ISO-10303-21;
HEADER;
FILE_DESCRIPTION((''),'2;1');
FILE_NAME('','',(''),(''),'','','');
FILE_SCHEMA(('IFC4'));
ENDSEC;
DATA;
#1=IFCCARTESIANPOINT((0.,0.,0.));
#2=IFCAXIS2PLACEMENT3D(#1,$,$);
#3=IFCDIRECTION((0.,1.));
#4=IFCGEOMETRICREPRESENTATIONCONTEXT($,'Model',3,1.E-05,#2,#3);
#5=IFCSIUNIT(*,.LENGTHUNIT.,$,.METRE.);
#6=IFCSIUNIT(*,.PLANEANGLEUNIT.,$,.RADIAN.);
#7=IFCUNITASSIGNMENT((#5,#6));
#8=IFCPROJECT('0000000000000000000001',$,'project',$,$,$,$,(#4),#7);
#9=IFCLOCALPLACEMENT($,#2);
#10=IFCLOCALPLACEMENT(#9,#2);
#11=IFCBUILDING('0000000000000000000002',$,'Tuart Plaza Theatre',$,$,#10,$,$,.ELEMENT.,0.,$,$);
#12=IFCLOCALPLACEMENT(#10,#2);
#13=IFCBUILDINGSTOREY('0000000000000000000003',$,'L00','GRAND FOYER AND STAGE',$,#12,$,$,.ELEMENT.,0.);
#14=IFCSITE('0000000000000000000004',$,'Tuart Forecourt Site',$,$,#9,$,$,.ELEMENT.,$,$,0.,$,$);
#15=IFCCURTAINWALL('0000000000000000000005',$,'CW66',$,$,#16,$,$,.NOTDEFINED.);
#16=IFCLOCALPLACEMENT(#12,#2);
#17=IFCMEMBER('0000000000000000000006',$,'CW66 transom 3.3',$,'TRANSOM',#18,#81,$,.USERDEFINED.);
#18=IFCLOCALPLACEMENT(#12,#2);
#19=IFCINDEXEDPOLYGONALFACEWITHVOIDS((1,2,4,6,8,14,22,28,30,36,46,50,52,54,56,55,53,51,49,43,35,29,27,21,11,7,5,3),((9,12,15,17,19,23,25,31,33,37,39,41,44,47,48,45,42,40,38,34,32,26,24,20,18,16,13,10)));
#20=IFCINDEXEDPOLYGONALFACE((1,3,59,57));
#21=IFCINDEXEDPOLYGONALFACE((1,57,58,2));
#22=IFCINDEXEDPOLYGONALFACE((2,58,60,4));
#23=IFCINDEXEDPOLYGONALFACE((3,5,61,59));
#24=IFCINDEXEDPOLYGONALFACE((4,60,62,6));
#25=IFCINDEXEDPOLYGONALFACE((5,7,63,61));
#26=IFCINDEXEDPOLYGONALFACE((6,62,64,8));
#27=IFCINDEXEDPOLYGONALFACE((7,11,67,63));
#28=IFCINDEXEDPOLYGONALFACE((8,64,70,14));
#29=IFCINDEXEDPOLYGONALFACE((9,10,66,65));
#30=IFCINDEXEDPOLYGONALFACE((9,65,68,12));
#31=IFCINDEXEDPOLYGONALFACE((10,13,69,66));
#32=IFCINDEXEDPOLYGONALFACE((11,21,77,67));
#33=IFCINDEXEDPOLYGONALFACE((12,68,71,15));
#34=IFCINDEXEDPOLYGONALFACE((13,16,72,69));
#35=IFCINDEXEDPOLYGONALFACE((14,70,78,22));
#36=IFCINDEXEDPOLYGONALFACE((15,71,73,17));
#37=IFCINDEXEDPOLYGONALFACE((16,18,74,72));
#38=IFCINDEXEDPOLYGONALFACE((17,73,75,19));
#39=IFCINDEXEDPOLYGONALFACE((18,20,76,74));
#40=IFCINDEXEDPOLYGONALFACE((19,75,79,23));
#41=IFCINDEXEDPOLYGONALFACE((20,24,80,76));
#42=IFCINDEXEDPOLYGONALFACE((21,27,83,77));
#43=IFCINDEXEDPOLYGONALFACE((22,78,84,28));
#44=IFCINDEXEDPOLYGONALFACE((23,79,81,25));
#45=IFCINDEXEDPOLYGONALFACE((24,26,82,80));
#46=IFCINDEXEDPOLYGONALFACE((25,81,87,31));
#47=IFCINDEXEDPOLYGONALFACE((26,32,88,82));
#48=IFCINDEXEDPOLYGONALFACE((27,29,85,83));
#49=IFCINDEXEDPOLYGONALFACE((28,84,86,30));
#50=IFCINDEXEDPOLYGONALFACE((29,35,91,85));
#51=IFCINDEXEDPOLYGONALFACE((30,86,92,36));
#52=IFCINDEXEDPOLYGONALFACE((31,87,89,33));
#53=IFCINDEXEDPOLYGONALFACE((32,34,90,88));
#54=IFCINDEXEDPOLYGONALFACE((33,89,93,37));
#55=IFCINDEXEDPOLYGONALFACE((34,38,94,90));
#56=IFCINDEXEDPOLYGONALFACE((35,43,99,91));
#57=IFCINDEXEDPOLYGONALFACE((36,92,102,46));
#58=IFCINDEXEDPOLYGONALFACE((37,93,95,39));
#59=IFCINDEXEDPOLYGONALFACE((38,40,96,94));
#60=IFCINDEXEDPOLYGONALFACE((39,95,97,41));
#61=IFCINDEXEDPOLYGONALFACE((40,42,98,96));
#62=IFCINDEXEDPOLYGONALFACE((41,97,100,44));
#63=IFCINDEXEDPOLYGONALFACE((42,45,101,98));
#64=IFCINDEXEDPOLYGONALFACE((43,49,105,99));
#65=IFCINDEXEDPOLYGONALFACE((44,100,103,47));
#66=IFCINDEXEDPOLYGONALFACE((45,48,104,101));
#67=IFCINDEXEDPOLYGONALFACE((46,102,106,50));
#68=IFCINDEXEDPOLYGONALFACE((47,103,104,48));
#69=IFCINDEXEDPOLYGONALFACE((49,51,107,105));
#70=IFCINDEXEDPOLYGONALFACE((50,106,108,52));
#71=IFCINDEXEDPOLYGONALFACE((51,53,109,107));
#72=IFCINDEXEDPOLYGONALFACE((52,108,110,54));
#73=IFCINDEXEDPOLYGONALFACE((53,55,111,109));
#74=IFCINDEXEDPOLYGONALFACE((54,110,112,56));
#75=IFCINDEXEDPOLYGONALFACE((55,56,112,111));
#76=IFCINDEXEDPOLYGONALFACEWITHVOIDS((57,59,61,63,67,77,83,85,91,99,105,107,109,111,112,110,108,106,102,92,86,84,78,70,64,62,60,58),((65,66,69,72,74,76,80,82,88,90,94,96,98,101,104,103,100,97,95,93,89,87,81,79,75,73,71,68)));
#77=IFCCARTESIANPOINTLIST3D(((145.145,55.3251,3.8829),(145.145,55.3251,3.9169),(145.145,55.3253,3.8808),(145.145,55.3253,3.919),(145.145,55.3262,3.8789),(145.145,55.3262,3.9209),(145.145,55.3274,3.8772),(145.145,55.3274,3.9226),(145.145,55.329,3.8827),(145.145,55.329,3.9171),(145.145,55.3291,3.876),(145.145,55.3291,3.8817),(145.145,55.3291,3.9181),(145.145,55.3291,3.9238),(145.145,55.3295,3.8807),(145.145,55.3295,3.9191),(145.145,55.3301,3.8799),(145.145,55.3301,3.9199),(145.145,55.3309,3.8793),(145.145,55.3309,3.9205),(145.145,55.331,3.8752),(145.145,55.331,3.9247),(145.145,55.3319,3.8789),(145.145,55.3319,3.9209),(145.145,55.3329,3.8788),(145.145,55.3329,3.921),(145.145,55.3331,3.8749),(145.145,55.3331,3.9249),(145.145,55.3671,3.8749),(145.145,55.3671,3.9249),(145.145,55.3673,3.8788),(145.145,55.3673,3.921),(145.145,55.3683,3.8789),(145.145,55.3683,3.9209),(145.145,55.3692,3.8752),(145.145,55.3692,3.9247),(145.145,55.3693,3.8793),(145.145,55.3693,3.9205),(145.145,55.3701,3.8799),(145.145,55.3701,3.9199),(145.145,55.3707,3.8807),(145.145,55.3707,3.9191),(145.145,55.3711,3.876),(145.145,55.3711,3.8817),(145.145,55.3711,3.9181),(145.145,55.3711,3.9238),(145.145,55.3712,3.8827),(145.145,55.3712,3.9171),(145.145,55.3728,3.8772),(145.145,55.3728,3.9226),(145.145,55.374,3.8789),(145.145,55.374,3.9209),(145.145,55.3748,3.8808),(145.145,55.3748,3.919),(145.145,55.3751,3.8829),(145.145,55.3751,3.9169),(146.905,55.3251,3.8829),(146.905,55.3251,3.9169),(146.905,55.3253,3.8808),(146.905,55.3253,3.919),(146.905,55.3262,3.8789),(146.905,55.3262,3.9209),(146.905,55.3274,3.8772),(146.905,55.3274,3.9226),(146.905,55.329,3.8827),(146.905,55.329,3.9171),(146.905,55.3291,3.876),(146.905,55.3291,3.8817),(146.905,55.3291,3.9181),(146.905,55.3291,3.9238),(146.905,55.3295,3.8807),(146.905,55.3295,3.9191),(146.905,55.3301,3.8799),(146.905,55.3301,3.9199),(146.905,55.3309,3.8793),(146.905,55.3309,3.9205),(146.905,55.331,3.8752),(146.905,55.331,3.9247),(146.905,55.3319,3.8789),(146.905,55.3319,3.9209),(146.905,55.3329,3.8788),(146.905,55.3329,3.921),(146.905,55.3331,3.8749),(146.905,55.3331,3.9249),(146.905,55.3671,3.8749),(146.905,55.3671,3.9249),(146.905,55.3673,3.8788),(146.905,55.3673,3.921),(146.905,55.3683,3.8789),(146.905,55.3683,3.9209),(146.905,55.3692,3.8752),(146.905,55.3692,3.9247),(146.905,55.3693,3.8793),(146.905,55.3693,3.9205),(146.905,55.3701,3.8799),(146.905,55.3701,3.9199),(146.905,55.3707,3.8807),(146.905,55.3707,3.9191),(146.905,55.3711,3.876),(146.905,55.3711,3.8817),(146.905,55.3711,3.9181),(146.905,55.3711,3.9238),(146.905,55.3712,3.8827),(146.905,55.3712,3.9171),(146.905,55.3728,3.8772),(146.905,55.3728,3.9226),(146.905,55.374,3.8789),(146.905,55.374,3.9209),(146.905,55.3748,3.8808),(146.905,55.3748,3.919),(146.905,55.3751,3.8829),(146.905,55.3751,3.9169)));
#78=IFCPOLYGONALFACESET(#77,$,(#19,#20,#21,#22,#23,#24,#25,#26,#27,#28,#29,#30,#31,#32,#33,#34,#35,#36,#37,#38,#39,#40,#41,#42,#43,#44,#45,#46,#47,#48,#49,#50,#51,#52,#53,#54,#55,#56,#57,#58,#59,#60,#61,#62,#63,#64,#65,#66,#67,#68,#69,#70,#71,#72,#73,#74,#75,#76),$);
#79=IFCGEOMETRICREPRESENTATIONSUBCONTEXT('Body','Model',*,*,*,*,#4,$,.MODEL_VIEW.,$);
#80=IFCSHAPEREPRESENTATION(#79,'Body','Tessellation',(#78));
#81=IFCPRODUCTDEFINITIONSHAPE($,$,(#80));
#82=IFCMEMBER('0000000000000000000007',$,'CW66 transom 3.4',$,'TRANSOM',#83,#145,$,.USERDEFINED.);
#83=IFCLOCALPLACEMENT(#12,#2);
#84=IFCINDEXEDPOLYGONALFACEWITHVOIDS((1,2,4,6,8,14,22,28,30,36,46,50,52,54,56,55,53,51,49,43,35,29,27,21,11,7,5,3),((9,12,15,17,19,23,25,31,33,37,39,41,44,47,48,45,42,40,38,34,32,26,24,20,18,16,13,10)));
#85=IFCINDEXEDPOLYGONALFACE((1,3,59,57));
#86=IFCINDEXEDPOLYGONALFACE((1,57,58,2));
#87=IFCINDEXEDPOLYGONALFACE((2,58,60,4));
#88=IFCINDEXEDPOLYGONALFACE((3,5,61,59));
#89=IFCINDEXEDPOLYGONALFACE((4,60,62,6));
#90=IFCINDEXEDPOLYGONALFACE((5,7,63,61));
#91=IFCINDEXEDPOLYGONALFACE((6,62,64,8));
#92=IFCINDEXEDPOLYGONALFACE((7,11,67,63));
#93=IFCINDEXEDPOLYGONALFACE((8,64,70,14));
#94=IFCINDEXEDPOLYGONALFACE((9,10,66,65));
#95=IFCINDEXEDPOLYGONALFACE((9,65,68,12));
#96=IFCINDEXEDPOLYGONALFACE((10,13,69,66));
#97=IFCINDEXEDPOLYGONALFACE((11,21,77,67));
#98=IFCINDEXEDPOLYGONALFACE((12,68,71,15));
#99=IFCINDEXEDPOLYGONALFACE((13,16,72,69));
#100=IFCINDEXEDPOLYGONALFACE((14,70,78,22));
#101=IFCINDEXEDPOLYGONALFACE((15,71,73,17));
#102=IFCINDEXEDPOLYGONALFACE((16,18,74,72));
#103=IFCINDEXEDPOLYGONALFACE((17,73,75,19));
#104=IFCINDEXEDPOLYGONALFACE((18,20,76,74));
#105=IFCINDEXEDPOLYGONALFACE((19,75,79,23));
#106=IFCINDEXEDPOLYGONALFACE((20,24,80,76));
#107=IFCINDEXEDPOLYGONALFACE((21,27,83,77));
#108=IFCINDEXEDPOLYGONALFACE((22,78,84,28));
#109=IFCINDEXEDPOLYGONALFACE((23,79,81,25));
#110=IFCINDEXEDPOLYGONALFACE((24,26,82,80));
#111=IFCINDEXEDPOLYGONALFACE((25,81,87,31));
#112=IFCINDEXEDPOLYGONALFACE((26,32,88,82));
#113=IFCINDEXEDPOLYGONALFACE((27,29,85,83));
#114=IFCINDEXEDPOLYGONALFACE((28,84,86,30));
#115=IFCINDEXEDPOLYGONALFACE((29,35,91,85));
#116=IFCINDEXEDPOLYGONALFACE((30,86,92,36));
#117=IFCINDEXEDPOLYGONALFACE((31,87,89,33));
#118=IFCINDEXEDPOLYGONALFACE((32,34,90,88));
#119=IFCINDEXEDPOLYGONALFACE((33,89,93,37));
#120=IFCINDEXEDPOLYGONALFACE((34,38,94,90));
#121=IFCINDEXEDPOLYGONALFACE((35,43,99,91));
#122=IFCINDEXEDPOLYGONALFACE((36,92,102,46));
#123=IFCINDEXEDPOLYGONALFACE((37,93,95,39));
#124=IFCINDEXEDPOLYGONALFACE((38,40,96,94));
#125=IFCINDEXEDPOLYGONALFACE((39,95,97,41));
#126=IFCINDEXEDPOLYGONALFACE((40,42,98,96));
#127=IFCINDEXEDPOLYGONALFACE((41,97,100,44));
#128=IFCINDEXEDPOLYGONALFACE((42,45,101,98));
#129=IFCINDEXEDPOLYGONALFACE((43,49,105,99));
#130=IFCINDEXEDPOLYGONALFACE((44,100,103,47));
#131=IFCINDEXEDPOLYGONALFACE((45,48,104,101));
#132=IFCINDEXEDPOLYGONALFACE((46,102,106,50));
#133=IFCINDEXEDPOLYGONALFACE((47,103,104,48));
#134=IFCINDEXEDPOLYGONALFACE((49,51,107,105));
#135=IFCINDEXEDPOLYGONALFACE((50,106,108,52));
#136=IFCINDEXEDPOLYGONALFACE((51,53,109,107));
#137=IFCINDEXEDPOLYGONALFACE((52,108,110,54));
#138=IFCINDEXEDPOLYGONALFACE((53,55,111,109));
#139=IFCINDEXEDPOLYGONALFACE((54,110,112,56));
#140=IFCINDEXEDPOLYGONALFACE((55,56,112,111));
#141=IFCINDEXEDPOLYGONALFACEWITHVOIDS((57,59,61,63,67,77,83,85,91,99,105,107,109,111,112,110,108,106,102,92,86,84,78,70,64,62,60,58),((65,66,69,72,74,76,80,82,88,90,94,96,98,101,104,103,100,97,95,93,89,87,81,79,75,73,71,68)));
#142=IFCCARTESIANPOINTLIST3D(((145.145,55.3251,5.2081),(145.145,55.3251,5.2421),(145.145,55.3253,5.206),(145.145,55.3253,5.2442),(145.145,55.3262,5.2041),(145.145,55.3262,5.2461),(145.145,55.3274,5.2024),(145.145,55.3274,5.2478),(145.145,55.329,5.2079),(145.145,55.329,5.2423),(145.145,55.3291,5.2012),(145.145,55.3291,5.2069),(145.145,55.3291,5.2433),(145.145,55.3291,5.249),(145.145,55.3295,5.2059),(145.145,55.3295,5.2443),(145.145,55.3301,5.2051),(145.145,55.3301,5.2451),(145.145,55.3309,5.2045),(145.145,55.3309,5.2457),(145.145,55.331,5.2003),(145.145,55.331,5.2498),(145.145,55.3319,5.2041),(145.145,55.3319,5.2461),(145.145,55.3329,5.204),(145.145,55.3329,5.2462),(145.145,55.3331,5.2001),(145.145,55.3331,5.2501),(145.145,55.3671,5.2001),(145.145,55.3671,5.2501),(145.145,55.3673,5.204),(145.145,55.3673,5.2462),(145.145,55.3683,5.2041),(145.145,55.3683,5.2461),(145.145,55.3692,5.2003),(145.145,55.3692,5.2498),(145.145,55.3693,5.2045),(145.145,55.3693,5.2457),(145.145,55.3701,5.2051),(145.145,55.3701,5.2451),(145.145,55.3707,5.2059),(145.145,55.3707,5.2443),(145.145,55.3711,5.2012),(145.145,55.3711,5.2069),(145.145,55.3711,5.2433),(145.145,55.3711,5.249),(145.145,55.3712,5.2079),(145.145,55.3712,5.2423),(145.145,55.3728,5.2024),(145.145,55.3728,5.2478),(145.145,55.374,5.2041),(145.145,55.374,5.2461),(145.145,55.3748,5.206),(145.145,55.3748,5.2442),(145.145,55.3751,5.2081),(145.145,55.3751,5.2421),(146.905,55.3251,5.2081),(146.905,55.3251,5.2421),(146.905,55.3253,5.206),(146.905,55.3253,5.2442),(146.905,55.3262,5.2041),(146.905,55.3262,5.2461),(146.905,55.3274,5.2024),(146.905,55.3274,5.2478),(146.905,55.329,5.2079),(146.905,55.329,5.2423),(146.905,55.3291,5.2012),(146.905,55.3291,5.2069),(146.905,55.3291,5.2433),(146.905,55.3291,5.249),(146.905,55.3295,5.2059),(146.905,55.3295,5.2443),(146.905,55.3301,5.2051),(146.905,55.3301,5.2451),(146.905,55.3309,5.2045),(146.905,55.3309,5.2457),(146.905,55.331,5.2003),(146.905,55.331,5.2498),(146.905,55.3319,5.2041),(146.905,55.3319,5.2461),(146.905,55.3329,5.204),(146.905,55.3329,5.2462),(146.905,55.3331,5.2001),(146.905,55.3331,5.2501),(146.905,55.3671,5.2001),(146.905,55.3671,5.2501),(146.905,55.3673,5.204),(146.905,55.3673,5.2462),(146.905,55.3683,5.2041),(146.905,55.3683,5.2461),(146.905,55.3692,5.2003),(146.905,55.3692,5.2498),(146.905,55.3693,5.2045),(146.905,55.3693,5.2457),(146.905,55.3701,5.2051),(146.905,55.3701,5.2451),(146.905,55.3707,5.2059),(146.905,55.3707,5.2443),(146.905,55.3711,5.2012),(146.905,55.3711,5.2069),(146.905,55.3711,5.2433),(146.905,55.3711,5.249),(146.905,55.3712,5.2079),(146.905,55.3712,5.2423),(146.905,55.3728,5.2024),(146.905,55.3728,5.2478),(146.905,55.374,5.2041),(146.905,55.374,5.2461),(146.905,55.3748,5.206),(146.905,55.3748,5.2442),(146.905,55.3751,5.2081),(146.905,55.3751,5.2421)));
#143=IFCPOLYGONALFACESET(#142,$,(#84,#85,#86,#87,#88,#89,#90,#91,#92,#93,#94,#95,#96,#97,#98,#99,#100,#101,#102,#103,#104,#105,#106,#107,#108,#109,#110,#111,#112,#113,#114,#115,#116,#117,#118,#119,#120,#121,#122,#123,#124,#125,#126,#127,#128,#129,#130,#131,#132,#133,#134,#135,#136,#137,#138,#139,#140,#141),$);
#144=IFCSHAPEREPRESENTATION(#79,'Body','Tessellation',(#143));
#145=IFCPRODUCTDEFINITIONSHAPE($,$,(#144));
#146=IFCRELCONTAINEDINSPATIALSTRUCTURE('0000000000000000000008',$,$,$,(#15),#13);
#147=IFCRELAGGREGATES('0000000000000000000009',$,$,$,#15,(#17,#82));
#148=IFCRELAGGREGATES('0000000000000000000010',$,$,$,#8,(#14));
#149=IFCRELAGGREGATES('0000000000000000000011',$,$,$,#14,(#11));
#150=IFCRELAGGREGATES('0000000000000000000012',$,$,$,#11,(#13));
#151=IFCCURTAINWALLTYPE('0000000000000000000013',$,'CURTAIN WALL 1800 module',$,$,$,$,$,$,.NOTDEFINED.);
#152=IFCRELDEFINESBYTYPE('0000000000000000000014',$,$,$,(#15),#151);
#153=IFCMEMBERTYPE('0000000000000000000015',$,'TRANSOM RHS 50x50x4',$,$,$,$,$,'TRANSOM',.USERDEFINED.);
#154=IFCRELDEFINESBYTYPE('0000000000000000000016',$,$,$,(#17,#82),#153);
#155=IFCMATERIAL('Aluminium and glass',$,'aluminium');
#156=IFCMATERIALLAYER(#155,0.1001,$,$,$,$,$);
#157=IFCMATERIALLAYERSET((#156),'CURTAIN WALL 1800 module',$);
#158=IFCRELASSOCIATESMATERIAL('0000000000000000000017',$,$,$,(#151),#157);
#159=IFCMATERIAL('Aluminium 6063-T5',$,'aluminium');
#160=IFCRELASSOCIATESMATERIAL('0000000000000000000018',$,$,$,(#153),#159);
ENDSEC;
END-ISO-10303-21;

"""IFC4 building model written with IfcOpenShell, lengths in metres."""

from ifc_helpers import new_model, si_unit, direction, frame, origin, origin_2d, place, context, subcontext, project, spatial, hollow_rectangle, extrude, material, layer, layer_set, material_profile, profile_set, type_object, element, aggregate, save


model = new_model("IFC4")

# Units and contexts
model_context = context("Model", 3, precision=1e-05, world=origin(), true_north=direction((0.0, 1.0)))
body_context = subcontext(model_context, "Body", "Model", "MODEL_VIEW")
ifc_project = project(units=[si_unit("LENGTHUNIT", "METRE"), si_unit("PLANEANGLEUNIT", "RADIAN")], contexts=[model_context])

# Site, building, storey
site_placement = place(None, origin())
site = spatial("IfcSite", under=ifc_project, at=site_placement, Name="Tuart Forecourt Site", CompositionType="ELEMENT", RefElevation=0.0)
building_placement = place(site_placement, origin())
building = spatial("IfcBuilding", under=site, at=building_placement, Name="Tuart Plaza Theatre", CompositionType="ELEMENT", ElevationOfRefHeight=0.0)
storey_placement = place(building_placement, origin())
storey = spatial("IfcBuildingStorey", under=building, at=storey_placement, Name="L00", Description="GRAND FOYER AND STAGE", CompositionType="ELEMENT", Elevation=0.0)

# Curtain wall, members
ifc_material_1 = material(Name="Aluminium and glass", Category="aluminium")
ifc_layer_1 = layer(ifc_material_1, 0.1001)
ifc_layer_set_1 = layer_set([ifc_layer_1], Name="CURTAIN WALL 1800 module")
curtain_wall_type = type_object("IfcCurtainWallType", Name="CURTAIN WALL 1800 module", PredefinedType="NOTDEFINED", material=ifc_layer_set_1)
curtain_wall_placement = place(storey_placement, origin())
curtain_wall = element("IfcCurtainWall", 1, at=curtain_wall_placement, inside=storey, type_object=curtain_wall_type, Name="CW66", PredefinedType="NOTDEFINED")
ifc_material_2 = material(Name="Aluminium 6063-T5", Category="aluminium")
ifc_material_profile_1 = material_profile(ifc_material_2, hollow_rectangle(XDim=0.05, YDim=0.05, WallThickness=0.0039, InnerFilletRadius=0.0039, OuterFilletRadius=0.0081, at=origin_2d()), Name="RHS 50x50x4")
ifc_profile_set_1 = profile_set([ifc_material_profile_1], Name="Aluminium 6063-T5")
member_type_1 = type_object("IfcMemberType", Name="TRANSOM RHS 50x50x4", ElementType="TRANSOM", PredefinedType="USERDEFINED", material=ifc_profile_set_1)
member_1_placement = place(storey_placement, frame((145.145, 55.3501, 3.8999), z_axis=(1.0, 0.0, 0.0), x_axis=(0.0, 1.0, 0.0)))
member_1 = element("IfcMember", 2, at=member_1_placement, type_object=member_type_1, Name="CW66 transom 3.3", ObjectType="TRANSOM", PredefinedType="USERDEFINED", context=body_context, shape_type="SweptSolid", body=[
    extrude(hollow_rectangle(XDim=0.05, YDim=0.05, WallThickness=0.0039, InnerFilletRadius=0.0039, OuterFilletRadius=0.0081, at=origin_2d()), origin(), (0.0, 0.0, 1.0), 1.76),
])
member_2_placement = place(storey_placement, frame((145.145, 55.3501, 5.2251), z_axis=(1.0, 0.0, 0.0), x_axis=(0.0, 1.0, 0.0)))
member_2 = element("IfcMember", 3, at=member_2_placement, type_object=member_type_1, Name="CW66 transom 3.4", ObjectType="TRANSOM", PredefinedType="USERDEFINED", context=body_context, shape_type="SweptSolid", body=[
    extrude(hollow_rectangle(XDim=0.05, YDim=0.05, WallThickness=0.0039, InnerFilletRadius=0.0039, OuterFilletRadius=0.0081, at=origin_2d()), origin(), (0.0, 0.0, 1.0), 1.76),
])
aggregate(curtain_wall, [member_1, member_2])

save(model, "model.ifc")
